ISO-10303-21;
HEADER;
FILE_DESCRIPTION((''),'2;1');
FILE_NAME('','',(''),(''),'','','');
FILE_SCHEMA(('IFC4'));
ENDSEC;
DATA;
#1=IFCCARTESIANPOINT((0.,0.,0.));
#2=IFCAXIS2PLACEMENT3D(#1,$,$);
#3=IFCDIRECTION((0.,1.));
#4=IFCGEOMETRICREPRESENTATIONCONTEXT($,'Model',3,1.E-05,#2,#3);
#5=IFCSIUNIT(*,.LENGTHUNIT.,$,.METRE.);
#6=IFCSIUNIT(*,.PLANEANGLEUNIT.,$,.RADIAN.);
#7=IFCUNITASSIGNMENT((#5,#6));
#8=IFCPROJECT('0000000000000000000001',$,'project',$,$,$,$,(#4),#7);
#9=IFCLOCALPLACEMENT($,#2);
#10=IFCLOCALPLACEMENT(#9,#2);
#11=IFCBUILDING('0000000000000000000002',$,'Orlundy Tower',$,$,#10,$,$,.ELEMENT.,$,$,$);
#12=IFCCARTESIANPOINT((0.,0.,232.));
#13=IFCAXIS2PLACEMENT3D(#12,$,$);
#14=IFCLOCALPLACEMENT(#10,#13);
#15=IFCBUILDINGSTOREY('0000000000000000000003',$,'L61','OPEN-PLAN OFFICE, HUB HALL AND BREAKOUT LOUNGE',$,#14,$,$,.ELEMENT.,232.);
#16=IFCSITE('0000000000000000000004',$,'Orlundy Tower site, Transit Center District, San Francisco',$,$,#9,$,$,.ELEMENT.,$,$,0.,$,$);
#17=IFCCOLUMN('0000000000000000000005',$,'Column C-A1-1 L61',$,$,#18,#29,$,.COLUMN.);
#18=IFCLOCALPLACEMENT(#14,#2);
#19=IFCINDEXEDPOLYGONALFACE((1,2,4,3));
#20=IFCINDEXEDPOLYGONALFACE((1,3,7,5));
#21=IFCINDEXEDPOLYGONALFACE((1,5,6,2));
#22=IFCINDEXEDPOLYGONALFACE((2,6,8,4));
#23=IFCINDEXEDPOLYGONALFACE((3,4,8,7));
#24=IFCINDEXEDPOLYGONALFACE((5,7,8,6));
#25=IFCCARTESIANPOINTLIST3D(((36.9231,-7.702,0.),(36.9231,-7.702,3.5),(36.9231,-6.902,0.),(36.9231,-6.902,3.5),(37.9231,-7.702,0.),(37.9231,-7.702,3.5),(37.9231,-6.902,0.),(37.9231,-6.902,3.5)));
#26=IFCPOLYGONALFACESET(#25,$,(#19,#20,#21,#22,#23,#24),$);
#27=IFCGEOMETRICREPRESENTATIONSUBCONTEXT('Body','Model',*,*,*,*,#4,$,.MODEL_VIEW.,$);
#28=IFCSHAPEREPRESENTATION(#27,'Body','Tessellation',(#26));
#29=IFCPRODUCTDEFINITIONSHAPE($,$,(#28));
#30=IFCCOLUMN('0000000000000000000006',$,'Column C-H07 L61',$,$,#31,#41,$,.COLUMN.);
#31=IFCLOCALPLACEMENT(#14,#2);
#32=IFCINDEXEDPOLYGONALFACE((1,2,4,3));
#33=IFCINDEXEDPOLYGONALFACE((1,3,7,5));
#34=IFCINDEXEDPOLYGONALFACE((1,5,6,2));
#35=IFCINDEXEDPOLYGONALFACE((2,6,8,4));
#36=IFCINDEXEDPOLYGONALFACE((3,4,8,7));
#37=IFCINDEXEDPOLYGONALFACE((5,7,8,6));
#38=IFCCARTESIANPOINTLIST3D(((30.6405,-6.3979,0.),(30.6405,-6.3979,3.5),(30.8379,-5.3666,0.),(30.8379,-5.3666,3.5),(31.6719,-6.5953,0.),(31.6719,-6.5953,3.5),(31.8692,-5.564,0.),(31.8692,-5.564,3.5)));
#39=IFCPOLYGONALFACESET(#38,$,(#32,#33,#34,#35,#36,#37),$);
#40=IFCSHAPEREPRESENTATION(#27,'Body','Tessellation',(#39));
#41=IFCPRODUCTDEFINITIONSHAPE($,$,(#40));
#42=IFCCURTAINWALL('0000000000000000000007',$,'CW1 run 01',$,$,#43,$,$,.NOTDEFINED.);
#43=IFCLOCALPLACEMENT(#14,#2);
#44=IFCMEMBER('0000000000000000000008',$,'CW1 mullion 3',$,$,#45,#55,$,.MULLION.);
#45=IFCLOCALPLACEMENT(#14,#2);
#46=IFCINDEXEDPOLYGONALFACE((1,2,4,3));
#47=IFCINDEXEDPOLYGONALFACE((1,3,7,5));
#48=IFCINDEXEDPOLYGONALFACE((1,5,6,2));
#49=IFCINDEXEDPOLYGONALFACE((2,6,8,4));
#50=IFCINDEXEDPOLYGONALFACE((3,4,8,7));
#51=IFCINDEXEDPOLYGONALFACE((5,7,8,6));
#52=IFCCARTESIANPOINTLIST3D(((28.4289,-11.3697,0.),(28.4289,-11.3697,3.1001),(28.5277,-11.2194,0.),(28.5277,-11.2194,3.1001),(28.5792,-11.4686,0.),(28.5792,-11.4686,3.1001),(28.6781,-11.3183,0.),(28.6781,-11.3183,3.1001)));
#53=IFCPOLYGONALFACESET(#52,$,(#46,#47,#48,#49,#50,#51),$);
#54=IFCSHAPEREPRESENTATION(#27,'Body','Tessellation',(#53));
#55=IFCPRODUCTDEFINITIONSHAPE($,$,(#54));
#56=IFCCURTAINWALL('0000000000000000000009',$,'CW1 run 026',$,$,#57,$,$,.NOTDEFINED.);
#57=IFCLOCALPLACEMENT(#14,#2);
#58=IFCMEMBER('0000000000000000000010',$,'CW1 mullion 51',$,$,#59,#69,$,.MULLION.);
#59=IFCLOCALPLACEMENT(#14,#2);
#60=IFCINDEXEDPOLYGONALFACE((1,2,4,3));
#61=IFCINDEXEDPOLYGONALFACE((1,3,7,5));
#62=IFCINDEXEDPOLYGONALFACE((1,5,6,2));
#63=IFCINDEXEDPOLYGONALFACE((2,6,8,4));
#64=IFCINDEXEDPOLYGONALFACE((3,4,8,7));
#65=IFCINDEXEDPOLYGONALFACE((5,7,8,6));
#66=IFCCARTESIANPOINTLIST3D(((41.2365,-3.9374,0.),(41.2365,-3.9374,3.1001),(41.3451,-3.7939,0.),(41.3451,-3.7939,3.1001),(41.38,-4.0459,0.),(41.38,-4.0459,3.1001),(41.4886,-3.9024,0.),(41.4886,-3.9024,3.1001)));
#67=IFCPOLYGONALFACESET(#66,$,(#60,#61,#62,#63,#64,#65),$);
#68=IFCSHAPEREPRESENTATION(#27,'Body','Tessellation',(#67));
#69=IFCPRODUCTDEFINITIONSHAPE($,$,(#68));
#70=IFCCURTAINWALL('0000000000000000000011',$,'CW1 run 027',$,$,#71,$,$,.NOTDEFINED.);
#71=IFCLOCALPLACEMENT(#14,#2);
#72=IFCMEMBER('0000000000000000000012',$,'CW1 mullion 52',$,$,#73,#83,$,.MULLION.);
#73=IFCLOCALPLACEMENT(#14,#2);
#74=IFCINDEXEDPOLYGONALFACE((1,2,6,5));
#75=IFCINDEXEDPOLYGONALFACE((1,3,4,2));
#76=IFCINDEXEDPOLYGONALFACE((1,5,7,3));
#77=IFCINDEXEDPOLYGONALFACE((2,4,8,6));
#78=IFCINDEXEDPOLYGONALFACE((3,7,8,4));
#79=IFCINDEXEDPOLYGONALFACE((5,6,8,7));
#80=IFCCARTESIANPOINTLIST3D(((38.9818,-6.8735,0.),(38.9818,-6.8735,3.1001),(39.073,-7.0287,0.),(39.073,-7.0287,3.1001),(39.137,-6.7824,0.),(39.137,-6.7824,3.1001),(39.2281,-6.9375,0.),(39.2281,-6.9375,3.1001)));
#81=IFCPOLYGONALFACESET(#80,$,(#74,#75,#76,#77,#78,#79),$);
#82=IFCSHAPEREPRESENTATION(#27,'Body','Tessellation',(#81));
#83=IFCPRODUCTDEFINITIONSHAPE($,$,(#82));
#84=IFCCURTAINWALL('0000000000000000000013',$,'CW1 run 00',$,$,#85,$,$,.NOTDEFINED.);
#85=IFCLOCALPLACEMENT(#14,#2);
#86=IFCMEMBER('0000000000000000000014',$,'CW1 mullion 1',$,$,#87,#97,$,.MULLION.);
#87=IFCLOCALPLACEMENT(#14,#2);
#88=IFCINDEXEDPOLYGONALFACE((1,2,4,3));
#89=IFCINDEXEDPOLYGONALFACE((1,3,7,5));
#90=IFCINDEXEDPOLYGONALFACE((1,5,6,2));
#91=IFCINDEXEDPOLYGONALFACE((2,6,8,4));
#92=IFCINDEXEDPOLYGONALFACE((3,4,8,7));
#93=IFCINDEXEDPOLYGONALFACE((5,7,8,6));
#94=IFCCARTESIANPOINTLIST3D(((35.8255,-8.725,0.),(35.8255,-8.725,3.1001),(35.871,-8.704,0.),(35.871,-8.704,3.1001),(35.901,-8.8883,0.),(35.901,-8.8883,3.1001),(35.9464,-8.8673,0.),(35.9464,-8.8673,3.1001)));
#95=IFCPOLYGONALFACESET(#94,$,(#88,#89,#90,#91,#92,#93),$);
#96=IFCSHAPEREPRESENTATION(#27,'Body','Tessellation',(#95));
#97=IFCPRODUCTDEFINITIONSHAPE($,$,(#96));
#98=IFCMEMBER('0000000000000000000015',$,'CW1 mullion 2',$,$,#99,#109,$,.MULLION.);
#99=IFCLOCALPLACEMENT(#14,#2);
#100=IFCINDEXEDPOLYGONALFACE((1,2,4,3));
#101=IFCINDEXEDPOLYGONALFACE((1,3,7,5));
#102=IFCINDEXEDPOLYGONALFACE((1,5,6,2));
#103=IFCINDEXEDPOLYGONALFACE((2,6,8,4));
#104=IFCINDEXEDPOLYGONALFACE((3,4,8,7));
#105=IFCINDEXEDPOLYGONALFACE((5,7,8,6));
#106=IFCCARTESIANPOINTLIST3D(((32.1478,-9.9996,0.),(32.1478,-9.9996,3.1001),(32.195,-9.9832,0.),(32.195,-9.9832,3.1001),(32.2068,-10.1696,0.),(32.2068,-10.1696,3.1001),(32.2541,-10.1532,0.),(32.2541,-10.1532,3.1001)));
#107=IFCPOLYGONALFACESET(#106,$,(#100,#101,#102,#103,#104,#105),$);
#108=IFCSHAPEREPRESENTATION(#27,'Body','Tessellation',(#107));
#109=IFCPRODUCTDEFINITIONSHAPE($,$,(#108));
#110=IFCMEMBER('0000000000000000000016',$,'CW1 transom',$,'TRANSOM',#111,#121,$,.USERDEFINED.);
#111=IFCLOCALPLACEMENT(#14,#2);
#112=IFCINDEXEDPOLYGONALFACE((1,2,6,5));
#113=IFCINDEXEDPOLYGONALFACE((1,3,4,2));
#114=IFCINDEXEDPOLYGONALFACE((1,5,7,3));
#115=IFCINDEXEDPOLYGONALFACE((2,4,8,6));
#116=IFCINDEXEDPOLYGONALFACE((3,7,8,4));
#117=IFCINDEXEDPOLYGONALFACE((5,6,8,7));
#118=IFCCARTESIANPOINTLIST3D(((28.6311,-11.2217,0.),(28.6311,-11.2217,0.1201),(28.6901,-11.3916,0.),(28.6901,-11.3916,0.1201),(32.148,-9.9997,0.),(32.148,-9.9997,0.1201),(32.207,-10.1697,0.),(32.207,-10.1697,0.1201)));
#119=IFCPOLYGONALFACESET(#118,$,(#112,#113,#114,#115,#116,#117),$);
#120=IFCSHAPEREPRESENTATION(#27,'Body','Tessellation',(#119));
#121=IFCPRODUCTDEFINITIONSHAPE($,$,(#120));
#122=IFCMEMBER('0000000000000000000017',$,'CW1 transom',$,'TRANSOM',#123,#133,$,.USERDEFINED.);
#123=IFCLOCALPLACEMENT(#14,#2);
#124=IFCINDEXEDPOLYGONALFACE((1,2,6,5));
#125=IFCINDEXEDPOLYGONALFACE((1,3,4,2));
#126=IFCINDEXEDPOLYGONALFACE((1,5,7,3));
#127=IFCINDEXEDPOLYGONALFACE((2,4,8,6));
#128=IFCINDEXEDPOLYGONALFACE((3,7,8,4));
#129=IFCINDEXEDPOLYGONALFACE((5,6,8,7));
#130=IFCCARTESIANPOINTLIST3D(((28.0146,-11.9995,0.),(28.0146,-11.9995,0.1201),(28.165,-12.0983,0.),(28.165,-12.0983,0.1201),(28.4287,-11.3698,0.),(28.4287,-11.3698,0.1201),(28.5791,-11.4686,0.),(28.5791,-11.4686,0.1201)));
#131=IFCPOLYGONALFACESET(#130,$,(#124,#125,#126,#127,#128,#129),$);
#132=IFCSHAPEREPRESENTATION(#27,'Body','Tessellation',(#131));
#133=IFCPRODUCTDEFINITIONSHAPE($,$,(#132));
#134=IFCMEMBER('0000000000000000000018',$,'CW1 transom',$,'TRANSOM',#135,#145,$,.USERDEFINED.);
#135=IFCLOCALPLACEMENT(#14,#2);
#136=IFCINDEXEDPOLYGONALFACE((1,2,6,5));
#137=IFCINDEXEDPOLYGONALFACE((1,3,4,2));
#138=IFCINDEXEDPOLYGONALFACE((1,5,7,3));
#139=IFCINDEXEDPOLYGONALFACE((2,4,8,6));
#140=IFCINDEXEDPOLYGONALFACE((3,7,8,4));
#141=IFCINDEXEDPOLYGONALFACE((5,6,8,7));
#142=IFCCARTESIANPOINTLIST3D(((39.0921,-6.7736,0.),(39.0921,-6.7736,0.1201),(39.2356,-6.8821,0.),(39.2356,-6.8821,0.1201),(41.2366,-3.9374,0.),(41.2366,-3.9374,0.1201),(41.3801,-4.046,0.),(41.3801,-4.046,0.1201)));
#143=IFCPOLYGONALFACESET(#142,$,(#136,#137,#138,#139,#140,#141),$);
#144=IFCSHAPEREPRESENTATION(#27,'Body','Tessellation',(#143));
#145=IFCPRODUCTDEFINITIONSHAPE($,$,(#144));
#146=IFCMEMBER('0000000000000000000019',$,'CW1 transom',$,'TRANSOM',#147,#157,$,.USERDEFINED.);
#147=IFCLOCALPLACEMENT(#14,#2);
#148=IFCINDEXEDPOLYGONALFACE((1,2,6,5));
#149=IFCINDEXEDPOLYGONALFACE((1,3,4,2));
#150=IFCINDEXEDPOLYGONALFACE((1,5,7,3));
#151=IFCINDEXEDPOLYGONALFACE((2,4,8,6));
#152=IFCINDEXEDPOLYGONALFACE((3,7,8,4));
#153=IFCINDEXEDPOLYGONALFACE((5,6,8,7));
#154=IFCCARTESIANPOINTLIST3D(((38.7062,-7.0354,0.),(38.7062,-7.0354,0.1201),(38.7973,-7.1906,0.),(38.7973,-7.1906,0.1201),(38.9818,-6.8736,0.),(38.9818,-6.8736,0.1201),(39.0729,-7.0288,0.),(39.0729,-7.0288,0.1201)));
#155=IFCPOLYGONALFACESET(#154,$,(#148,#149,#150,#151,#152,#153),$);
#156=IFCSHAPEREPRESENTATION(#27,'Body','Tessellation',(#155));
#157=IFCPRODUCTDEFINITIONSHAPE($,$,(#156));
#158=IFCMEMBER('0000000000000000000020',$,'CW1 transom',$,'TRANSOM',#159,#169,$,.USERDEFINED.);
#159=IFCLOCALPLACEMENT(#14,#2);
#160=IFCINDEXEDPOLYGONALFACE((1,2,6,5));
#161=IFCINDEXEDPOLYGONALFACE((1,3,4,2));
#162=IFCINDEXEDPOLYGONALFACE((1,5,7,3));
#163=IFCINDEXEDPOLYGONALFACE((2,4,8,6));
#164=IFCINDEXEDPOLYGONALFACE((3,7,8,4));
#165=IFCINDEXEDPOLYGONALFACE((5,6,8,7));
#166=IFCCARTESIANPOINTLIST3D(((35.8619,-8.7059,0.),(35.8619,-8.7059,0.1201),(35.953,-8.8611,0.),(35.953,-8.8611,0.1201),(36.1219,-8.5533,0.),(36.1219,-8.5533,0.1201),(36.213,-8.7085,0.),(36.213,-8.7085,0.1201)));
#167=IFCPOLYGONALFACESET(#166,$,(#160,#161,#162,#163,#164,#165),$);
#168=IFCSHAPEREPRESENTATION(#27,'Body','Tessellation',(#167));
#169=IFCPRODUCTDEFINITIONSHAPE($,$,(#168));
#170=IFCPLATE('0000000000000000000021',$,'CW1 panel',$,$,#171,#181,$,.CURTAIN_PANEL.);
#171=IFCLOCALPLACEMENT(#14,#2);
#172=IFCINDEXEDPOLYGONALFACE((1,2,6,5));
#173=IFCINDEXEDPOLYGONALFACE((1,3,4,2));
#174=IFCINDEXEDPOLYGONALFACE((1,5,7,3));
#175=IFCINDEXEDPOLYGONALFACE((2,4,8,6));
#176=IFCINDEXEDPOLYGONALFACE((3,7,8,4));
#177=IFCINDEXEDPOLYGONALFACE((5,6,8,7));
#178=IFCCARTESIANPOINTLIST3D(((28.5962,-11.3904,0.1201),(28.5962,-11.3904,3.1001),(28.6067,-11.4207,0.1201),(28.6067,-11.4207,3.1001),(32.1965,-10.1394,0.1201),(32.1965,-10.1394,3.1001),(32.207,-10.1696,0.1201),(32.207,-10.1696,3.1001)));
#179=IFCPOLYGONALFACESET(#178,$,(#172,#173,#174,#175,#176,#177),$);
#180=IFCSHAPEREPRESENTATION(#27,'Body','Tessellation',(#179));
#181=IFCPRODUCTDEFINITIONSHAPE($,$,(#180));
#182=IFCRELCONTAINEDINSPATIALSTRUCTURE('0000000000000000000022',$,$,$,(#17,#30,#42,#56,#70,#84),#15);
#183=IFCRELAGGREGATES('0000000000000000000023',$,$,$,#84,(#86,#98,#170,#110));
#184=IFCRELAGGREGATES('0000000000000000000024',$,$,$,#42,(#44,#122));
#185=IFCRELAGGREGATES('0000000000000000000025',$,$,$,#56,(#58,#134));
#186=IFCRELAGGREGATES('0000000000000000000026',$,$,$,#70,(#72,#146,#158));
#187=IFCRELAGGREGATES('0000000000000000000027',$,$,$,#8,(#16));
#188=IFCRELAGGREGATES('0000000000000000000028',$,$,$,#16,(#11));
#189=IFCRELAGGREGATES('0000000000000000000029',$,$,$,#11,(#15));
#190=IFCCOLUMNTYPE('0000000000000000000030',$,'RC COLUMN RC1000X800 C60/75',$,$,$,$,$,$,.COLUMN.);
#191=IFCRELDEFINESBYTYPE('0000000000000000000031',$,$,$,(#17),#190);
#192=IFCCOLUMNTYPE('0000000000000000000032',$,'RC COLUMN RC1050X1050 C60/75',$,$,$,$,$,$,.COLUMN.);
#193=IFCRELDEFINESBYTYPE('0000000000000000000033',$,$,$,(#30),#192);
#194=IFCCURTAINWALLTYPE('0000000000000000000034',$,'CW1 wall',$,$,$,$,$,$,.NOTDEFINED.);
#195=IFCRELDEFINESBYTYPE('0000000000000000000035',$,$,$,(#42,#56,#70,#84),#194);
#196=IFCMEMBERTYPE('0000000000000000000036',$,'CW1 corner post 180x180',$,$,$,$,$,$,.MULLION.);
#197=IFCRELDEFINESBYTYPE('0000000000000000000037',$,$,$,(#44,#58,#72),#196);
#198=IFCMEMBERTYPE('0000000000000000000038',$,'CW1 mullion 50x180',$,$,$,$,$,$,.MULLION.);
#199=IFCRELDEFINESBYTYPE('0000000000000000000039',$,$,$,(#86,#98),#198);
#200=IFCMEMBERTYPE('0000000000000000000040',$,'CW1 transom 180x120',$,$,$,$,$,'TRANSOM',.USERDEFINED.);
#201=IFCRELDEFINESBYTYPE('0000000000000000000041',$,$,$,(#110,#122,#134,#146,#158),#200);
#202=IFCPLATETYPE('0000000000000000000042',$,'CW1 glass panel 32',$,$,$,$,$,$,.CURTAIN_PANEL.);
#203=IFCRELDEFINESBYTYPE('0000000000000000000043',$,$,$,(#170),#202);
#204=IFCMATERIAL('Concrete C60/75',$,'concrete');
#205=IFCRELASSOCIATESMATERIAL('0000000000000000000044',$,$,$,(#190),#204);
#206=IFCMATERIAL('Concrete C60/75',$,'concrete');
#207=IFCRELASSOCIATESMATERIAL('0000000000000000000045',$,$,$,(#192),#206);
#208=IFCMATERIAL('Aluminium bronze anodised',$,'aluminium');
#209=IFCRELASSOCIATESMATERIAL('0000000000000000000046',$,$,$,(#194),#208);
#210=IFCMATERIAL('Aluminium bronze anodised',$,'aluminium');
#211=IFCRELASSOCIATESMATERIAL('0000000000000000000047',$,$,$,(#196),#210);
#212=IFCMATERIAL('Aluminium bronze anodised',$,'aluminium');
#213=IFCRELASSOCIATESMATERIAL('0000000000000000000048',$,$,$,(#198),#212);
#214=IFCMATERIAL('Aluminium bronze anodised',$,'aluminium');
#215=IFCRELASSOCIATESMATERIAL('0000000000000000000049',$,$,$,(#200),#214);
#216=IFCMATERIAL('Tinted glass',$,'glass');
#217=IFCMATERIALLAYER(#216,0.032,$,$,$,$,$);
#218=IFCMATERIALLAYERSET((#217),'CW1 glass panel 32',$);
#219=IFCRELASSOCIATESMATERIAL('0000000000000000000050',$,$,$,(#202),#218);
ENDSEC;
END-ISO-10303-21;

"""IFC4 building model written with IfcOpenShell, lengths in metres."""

from ifc_helpers import new_model, si_unit, direction, frame, origin, origin_2d, place, context, subcontext, project, spatial, rectangle, extrude, material, layer, layer_set, material_profile, profile_set, type_object, element, aggregate, save


model = new_model("IFC4")

# Units and contexts
model_context = context("Model", 3, precision=1e-05, world=origin(), true_north=direction((0.0, 1.0)))
body_context = subcontext(model_context, "Body", "Model", "MODEL_VIEW")
ifc_project = project(units=[si_unit("LENGTHUNIT", "METRE"), si_unit("PLANEANGLEUNIT", "RADIAN")], contexts=[model_context])

# Site, building, storey
site_placement = place(None, origin())
site = spatial("IfcSite", under=ifc_project, at=site_placement, Name="Orlundy Tower site, Transit Center District, San Francisco", CompositionType="ELEMENT", RefElevation=0.0)
building_placement = place(site_placement, origin())
building = spatial("IfcBuilding", under=site, at=building_placement, Name="Orlundy Tower", CompositionType="ELEMENT")
storey_placement = place(building_placement, frame((0.0, 0.0, 232.0)))
storey = spatial("IfcBuildingStorey", under=building, at=storey_placement, Name="L61", Description="OPEN-PLAN OFFICE, HUB HALL AND BREAKOUT LOUNGE", CompositionType="ELEMENT", Elevation=232.0)

# Columns
ifc_material_1 = material(Name="Concrete C60/75", Category="concrete")
ifc_material_profile_1 = material_profile(ifc_material_1, rectangle(XDim=1.0, YDim=0.8, at=origin_2d()), Name="RC1000X800")
ifc_profile_set_1 = profile_set([ifc_material_profile_1], Name="Concrete C60/75")
column_type_1 = type_object("IfcColumnType", Name="RC COLUMN RC1000X800 C60/75", PredefinedType="COLUMN", material=ifc_profile_set_1)
column_1_placement = place(storey_placement, frame((37.4231, -7.302, 0.0), z_axis=(0.0, 0.0, 1.0), x_axis=(1.0, 0.0, 0.0)))
element("IfcColumn", 1, at=column_1_placement, inside=storey, type_object=column_type_1, Name="Column C-A1-1 L61", PredefinedType="COLUMN", context=body_context, shape_type="SweptSolid", body=[
    extrude(rectangle(XDim=1.0, YDim=0.8, at=origin_2d()), origin(), (0.0, 0.0, 1.0), 3.5),
])
ifc_material_2 = material(Name="Concrete C60/75", Category="concrete")
ifc_material_profile_2 = material_profile(ifc_material_2, rectangle(XDim=1.05, YDim=1.05, at=origin_2d()), Name="RC1050X1050")
ifc_profile_set_2 = profile_set([ifc_material_profile_2], Name="Concrete C60/75")
column_type_2 = type_object("IfcColumnType", Name="RC COLUMN RC1050X1050 C60/75", PredefinedType="COLUMN", material=ifc_profile_set_2)
column_2_placement = place(storey_placement, frame((31.2549, -5.981, 0.0), z_axis=(0.0, 0.0, 1.0), x_axis=(0.982179, -0.187947, 0.0)))
element("IfcColumn", 2, at=column_2_placement, inside=storey, type_object=column_type_2, Name="Column C-H07 L61", PredefinedType="COLUMN", context=body_context, shape_type="SweptSolid", body=[
    extrude(rectangle(XDim=1.05, YDim=1.05, at=origin_2d()), origin(), (0.0, 0.0, 1.0), 3.5),
])

# Curtain walls, members
ifc_material_3 = material(Name="Aluminium bronze anodised", Category="aluminium")
curtain_wall_type = type_object("IfcCurtainWallType", Name="CW1 wall", PredefinedType="NOTDEFINED", material=ifc_material_3)
curtain_wall_1_placement = place(storey_placement, origin())
curtain_wall_1 = element("IfcCurtainWall", 3, at=curtain_wall_1_placement, inside=storey, type_object=curtain_wall_type, Name="CW1 run 01", PredefinedType="NOTDEFINED")
ifc_material_4 = material(Name="Aluminium bronze anodised", Category="aluminium")
ifc_material_profile_3 = material_profile(ifc_material_4, rectangle(XDim=0.1799, YDim=0.1799, at=origin_2d()), Name="CW1 corner post 180x180")
ifc_profile_set_3 = profile_set([ifc_material_profile_3], Name="Aluminium bronze anodised")
member_type_1 = type_object("IfcMemberType", Name="CW1 corner post 180x180", PredefinedType="MULLION", material=ifc_profile_set_3)
member_1_placement = place(storey_placement, frame((28.5535, -11.344, 0.0), z_axis=(0.0, 0.0, 1.0), x_axis=(0.835496, -0.549496, 0.0)))
member_1 = element("IfcMember", 4, at=member_1_placement, type_object=member_type_1, Name="CW1 mullion 3", PredefinedType="MULLION", context=body_context, shape_type="SweptSolid", body=[
    extrude(rectangle(XDim=0.1799, YDim=0.1799, at=origin_2d()), origin(), (0.0, 0.0, 1.0), 3.1001),
])
curtain_wall_2_placement = place(storey_placement, origin())
curtain_wall_2 = element("IfcCurtainWall", 5, at=curtain_wall_2_placement, inside=storey, type_object=curtain_wall_type, Name="CW1 run 026", PredefinedType="NOTDEFINED")
member_2_placement = place(storey_placement, frame((41.3625, -3.9199, 0.0), z_axis=(0.0, 0.0, 1.0), x_axis=(0.797631, -0.603146, 0.0)))
member_2 = element("IfcMember", 6, at=member_2_placement, type_object=member_type_1, Name="CW1 mullion 51", PredefinedType="MULLION", context=body_context, shape_type="SweptSolid", body=[
    extrude(rectangle(XDim=0.1799, YDim=0.1799, at=origin_2d()), origin(), (0.0, 0.0, 1.0), 3.1001),
])
curtain_wall_3_placement = place(storey_placement, origin())
curtain_wall_3 = element("IfcCurtainWall", 7, at=curtain_wall_3_placement, inside=storey, type_object=curtain_wall_type, Name="CW1 run 027", PredefinedType="NOTDEFINED")
member_3_placement = place(storey_placement, frame((39.105, -6.9055, 0.0), z_axis=(0.0, 0.0, 1.0), x_axis=(0.506419, -0.862288, 0.0)))
member_3 = element("IfcMember", 8, at=member_3_placement, type_object=member_type_1, Name="CW1 mullion 52", PredefinedType="MULLION", context=body_context, shape_type="SweptSolid", body=[
    extrude(rectangle(XDim=0.1799, YDim=0.1799, at=origin_2d()), origin(), (0.0, 0.0, 1.0), 3.1001),
])

# Curtain wall, members
curtain_wall_4_placement = place(storey_placement, origin())
curtain_wall_4 = element("IfcCurtainWall", 9, at=curtain_wall_4_placement, inside=storey, type_object=curtain_wall_type, Name="CW1 run 00", PredefinedType="NOTDEFINED")
ifc_material_5 = material(Name="Aluminium bronze anodised", Category="aluminium")
ifc_material_profile_4 = material_profile(ifc_material_5, rectangle(XDim=0.1799, YDim=0.05, at=origin_2d()), Name="CW1 mullion 50x180")
ifc_profile_set_4 = profile_set([ifc_material_profile_4], Name="Aluminium bronze anodised")
member_type_2 = type_object("IfcMemberType", Name="CW1 mullion 50x180", PredefinedType="MULLION", material=ifc_profile_set_4)
member_4_placement = place(storey_placement, frame((35.886, -8.7961, 0.0), z_axis=(0.0, 0.0, 1.0), x_axis=(0.419347, -0.907826, 0.0)))
member_4 = element("IfcMember", 10, at=member_4_placement, type_object=member_type_2, Name="CW1 mullion 1", PredefinedType="MULLION", context=body_context, shape_type="SweptSolid", body=[
    extrude(rectangle(XDim=0.1799, YDim=0.05, at=origin_2d()), origin(), (0.0, 0.0, 1.0), 3.1001),
])
member_5_placement = place(storey_placement, frame((32.2009, -10.0764, 0.0), z_axis=(0.0, 0.0, 1.0), x_axis=(0.328227, -0.944599, 0.0)))
member_5 = element("IfcMember", 11, at=member_5_placement, type_object=member_type_2, Name="CW1 mullion 2", PredefinedType="MULLION", context=body_context, shape_type="SweptSolid", body=[
    extrude(rectangle(XDim=0.1799, YDim=0.05, at=origin_2d()), origin(), (0.0, 0.0, 1.0), 3.1001),
])
ifc_material_6 = material(Name="Aluminium bronze anodised", Category="aluminium")
ifc_material_profile_5 = material_profile(ifc_material_6, rectangle(XDim=0.1799, YDim=0.1201, at=origin_2d()), Name="CW1 transom 180x120")
ifc_profile_set_5 = profile_set([ifc_material_profile_5], Name="Aluminium bronze anodised")
member_type_3 = type_object("IfcMemberType", Name="CW1 transom 180x120", ElementType="TRANSOM", PredefinedType="USERDEFINED", material=ifc_profile_set_5)
member_6_placement = place(storey_placement, frame((32.1775, -10.0847, 0.0601), z_axis=(-0.944607, -0.328203, 0.0), x_axis=(0.328203, -0.944607, 0.0)))
member_6 = element("IfcMember", 12, at=member_6_placement, type_object=member_type_3, Name="CW1 transom", ObjectType="TRANSOM", PredefinedType="USERDEFINED", context=body_context, shape_type="SweptSolid", body=[
    extrude(rectangle(XDim=0.1799, YDim=0.1201, at=origin_2d()), origin(), (0.0, 0.0, 1.0), 3.7231),
])

# Members
member_7_placement = place(storey_placement, frame((28.5039, -11.4192, 0.0601), z_axis=(-0.549456, -0.835523, 0.0), x_axis=(0.835523, -0.549456, 0.0)))
member_7 = element("IfcMember", 13, at=member_7_placement, type_object=member_type_3, Name="CW1 transom", ObjectType="TRANSOM", PredefinedType="USERDEFINED", context=body_context, shape_type="SweptSolid", body=[
    extrude(rectangle(XDim=0.1799, YDim=0.1201, at=origin_2d()), origin(), (0.0, 0.0, 1.0), 0.7537),
])
member_8_placement = place(storey_placement, frame((41.3083, -3.9917, 0.0601), z_axis=(-0.603126, -0.797646, 0.0), x_axis=(0.797646, -0.603126, 0.0)))
member_8 = element("IfcMember", 14, at=member_8_placement, type_object=member_type_3, Name="CW1 transom", ObjectType="TRANSOM", PredefinedType="USERDEFINED", context=body_context, shape_type="SweptSolid", body=[
    extrude(rectangle(XDim=0.1799, YDim=0.1201, at=origin_2d()), origin(), (0.0, 0.0, 1.0), 3.5557),
])
member_9_placement = place(storey_placement, frame((39.0273, -6.9512, 0.0601), z_axis=(-0.862307, -0.506386, 0.0), x_axis=(0.506386, -0.862307, 0.0)))
member_9 = element("IfcMember", 15, at=member_9_placement, type_object=member_type_3, Name="CW1 transom", ObjectType="TRANSOM", PredefinedType="USERDEFINED", context=body_context, shape_type="SweptSolid", body=[
    extrude(rectangle(XDim=0.1799, YDim=0.1201, at=origin_2d()), origin(), (0.0, 0.0, 1.0), 0.3196),
])
member_10_placement = place(storey_placement, frame((36.1675, -8.6309, 0.0601), z_axis=(-0.862454, -0.506135, 0.0), x_axis=(0.506135, -0.862454, 0.0)))
member_10 = element("IfcMember", 16, at=member_10_placement, type_object=member_type_3, Name="CW1 transom", ObjectType="TRANSOM", PredefinedType="USERDEFINED", context=body_context, shape_type="SweptSolid", body=[
    extrude(rectangle(XDim=0.1799, YDim=0.1201, at=origin_2d()), origin(), (0.0, 0.0, 1.0), 0.3015),
])

# Plate
ifc_material_7 = material(Name="Tinted glass", Category="glass")
ifc_layer_1 = layer(ifc_material_7, 0.032)
ifc_layer_set_1 = layer_set([ifc_layer_1], Name="CW1 glass panel 32")
plate_type = type_object("IfcPlateType", Name="CW1 glass panel 32", PredefinedType="CURTAIN_PANEL", material=ifc_layer_set_1)
plate_1_placement = place(storey_placement, frame((30.4016, -10.78, 0.1201), z_axis=(0.0, 0.0, 1.0), x_axis=(-0.944599, -0.328227, 0.0)))
plate_1 = element("IfcPlate", 17, at=plate_1_placement, type_object=plate_type, Name="CW1 panel", PredefinedType="CURTAIN_PANEL", context=body_context, shape_type="SweptSolid", body=[
    extrude(rectangle(XDim=3.8115, YDim=0.032, at=origin_2d()), origin(), (0.0, 0.0, 1.0), 2.98),
])
aggregate(curtain_wall_4, [member_4, member_5, plate_1, member_6])
aggregate(curtain_wall_1, [member_1, member_7])

aggregate(curtain_wall_2, [member_2, member_8])
aggregate(curtain_wall_3, [member_3, member_9, member_10])

save(model, "model.ifc")
